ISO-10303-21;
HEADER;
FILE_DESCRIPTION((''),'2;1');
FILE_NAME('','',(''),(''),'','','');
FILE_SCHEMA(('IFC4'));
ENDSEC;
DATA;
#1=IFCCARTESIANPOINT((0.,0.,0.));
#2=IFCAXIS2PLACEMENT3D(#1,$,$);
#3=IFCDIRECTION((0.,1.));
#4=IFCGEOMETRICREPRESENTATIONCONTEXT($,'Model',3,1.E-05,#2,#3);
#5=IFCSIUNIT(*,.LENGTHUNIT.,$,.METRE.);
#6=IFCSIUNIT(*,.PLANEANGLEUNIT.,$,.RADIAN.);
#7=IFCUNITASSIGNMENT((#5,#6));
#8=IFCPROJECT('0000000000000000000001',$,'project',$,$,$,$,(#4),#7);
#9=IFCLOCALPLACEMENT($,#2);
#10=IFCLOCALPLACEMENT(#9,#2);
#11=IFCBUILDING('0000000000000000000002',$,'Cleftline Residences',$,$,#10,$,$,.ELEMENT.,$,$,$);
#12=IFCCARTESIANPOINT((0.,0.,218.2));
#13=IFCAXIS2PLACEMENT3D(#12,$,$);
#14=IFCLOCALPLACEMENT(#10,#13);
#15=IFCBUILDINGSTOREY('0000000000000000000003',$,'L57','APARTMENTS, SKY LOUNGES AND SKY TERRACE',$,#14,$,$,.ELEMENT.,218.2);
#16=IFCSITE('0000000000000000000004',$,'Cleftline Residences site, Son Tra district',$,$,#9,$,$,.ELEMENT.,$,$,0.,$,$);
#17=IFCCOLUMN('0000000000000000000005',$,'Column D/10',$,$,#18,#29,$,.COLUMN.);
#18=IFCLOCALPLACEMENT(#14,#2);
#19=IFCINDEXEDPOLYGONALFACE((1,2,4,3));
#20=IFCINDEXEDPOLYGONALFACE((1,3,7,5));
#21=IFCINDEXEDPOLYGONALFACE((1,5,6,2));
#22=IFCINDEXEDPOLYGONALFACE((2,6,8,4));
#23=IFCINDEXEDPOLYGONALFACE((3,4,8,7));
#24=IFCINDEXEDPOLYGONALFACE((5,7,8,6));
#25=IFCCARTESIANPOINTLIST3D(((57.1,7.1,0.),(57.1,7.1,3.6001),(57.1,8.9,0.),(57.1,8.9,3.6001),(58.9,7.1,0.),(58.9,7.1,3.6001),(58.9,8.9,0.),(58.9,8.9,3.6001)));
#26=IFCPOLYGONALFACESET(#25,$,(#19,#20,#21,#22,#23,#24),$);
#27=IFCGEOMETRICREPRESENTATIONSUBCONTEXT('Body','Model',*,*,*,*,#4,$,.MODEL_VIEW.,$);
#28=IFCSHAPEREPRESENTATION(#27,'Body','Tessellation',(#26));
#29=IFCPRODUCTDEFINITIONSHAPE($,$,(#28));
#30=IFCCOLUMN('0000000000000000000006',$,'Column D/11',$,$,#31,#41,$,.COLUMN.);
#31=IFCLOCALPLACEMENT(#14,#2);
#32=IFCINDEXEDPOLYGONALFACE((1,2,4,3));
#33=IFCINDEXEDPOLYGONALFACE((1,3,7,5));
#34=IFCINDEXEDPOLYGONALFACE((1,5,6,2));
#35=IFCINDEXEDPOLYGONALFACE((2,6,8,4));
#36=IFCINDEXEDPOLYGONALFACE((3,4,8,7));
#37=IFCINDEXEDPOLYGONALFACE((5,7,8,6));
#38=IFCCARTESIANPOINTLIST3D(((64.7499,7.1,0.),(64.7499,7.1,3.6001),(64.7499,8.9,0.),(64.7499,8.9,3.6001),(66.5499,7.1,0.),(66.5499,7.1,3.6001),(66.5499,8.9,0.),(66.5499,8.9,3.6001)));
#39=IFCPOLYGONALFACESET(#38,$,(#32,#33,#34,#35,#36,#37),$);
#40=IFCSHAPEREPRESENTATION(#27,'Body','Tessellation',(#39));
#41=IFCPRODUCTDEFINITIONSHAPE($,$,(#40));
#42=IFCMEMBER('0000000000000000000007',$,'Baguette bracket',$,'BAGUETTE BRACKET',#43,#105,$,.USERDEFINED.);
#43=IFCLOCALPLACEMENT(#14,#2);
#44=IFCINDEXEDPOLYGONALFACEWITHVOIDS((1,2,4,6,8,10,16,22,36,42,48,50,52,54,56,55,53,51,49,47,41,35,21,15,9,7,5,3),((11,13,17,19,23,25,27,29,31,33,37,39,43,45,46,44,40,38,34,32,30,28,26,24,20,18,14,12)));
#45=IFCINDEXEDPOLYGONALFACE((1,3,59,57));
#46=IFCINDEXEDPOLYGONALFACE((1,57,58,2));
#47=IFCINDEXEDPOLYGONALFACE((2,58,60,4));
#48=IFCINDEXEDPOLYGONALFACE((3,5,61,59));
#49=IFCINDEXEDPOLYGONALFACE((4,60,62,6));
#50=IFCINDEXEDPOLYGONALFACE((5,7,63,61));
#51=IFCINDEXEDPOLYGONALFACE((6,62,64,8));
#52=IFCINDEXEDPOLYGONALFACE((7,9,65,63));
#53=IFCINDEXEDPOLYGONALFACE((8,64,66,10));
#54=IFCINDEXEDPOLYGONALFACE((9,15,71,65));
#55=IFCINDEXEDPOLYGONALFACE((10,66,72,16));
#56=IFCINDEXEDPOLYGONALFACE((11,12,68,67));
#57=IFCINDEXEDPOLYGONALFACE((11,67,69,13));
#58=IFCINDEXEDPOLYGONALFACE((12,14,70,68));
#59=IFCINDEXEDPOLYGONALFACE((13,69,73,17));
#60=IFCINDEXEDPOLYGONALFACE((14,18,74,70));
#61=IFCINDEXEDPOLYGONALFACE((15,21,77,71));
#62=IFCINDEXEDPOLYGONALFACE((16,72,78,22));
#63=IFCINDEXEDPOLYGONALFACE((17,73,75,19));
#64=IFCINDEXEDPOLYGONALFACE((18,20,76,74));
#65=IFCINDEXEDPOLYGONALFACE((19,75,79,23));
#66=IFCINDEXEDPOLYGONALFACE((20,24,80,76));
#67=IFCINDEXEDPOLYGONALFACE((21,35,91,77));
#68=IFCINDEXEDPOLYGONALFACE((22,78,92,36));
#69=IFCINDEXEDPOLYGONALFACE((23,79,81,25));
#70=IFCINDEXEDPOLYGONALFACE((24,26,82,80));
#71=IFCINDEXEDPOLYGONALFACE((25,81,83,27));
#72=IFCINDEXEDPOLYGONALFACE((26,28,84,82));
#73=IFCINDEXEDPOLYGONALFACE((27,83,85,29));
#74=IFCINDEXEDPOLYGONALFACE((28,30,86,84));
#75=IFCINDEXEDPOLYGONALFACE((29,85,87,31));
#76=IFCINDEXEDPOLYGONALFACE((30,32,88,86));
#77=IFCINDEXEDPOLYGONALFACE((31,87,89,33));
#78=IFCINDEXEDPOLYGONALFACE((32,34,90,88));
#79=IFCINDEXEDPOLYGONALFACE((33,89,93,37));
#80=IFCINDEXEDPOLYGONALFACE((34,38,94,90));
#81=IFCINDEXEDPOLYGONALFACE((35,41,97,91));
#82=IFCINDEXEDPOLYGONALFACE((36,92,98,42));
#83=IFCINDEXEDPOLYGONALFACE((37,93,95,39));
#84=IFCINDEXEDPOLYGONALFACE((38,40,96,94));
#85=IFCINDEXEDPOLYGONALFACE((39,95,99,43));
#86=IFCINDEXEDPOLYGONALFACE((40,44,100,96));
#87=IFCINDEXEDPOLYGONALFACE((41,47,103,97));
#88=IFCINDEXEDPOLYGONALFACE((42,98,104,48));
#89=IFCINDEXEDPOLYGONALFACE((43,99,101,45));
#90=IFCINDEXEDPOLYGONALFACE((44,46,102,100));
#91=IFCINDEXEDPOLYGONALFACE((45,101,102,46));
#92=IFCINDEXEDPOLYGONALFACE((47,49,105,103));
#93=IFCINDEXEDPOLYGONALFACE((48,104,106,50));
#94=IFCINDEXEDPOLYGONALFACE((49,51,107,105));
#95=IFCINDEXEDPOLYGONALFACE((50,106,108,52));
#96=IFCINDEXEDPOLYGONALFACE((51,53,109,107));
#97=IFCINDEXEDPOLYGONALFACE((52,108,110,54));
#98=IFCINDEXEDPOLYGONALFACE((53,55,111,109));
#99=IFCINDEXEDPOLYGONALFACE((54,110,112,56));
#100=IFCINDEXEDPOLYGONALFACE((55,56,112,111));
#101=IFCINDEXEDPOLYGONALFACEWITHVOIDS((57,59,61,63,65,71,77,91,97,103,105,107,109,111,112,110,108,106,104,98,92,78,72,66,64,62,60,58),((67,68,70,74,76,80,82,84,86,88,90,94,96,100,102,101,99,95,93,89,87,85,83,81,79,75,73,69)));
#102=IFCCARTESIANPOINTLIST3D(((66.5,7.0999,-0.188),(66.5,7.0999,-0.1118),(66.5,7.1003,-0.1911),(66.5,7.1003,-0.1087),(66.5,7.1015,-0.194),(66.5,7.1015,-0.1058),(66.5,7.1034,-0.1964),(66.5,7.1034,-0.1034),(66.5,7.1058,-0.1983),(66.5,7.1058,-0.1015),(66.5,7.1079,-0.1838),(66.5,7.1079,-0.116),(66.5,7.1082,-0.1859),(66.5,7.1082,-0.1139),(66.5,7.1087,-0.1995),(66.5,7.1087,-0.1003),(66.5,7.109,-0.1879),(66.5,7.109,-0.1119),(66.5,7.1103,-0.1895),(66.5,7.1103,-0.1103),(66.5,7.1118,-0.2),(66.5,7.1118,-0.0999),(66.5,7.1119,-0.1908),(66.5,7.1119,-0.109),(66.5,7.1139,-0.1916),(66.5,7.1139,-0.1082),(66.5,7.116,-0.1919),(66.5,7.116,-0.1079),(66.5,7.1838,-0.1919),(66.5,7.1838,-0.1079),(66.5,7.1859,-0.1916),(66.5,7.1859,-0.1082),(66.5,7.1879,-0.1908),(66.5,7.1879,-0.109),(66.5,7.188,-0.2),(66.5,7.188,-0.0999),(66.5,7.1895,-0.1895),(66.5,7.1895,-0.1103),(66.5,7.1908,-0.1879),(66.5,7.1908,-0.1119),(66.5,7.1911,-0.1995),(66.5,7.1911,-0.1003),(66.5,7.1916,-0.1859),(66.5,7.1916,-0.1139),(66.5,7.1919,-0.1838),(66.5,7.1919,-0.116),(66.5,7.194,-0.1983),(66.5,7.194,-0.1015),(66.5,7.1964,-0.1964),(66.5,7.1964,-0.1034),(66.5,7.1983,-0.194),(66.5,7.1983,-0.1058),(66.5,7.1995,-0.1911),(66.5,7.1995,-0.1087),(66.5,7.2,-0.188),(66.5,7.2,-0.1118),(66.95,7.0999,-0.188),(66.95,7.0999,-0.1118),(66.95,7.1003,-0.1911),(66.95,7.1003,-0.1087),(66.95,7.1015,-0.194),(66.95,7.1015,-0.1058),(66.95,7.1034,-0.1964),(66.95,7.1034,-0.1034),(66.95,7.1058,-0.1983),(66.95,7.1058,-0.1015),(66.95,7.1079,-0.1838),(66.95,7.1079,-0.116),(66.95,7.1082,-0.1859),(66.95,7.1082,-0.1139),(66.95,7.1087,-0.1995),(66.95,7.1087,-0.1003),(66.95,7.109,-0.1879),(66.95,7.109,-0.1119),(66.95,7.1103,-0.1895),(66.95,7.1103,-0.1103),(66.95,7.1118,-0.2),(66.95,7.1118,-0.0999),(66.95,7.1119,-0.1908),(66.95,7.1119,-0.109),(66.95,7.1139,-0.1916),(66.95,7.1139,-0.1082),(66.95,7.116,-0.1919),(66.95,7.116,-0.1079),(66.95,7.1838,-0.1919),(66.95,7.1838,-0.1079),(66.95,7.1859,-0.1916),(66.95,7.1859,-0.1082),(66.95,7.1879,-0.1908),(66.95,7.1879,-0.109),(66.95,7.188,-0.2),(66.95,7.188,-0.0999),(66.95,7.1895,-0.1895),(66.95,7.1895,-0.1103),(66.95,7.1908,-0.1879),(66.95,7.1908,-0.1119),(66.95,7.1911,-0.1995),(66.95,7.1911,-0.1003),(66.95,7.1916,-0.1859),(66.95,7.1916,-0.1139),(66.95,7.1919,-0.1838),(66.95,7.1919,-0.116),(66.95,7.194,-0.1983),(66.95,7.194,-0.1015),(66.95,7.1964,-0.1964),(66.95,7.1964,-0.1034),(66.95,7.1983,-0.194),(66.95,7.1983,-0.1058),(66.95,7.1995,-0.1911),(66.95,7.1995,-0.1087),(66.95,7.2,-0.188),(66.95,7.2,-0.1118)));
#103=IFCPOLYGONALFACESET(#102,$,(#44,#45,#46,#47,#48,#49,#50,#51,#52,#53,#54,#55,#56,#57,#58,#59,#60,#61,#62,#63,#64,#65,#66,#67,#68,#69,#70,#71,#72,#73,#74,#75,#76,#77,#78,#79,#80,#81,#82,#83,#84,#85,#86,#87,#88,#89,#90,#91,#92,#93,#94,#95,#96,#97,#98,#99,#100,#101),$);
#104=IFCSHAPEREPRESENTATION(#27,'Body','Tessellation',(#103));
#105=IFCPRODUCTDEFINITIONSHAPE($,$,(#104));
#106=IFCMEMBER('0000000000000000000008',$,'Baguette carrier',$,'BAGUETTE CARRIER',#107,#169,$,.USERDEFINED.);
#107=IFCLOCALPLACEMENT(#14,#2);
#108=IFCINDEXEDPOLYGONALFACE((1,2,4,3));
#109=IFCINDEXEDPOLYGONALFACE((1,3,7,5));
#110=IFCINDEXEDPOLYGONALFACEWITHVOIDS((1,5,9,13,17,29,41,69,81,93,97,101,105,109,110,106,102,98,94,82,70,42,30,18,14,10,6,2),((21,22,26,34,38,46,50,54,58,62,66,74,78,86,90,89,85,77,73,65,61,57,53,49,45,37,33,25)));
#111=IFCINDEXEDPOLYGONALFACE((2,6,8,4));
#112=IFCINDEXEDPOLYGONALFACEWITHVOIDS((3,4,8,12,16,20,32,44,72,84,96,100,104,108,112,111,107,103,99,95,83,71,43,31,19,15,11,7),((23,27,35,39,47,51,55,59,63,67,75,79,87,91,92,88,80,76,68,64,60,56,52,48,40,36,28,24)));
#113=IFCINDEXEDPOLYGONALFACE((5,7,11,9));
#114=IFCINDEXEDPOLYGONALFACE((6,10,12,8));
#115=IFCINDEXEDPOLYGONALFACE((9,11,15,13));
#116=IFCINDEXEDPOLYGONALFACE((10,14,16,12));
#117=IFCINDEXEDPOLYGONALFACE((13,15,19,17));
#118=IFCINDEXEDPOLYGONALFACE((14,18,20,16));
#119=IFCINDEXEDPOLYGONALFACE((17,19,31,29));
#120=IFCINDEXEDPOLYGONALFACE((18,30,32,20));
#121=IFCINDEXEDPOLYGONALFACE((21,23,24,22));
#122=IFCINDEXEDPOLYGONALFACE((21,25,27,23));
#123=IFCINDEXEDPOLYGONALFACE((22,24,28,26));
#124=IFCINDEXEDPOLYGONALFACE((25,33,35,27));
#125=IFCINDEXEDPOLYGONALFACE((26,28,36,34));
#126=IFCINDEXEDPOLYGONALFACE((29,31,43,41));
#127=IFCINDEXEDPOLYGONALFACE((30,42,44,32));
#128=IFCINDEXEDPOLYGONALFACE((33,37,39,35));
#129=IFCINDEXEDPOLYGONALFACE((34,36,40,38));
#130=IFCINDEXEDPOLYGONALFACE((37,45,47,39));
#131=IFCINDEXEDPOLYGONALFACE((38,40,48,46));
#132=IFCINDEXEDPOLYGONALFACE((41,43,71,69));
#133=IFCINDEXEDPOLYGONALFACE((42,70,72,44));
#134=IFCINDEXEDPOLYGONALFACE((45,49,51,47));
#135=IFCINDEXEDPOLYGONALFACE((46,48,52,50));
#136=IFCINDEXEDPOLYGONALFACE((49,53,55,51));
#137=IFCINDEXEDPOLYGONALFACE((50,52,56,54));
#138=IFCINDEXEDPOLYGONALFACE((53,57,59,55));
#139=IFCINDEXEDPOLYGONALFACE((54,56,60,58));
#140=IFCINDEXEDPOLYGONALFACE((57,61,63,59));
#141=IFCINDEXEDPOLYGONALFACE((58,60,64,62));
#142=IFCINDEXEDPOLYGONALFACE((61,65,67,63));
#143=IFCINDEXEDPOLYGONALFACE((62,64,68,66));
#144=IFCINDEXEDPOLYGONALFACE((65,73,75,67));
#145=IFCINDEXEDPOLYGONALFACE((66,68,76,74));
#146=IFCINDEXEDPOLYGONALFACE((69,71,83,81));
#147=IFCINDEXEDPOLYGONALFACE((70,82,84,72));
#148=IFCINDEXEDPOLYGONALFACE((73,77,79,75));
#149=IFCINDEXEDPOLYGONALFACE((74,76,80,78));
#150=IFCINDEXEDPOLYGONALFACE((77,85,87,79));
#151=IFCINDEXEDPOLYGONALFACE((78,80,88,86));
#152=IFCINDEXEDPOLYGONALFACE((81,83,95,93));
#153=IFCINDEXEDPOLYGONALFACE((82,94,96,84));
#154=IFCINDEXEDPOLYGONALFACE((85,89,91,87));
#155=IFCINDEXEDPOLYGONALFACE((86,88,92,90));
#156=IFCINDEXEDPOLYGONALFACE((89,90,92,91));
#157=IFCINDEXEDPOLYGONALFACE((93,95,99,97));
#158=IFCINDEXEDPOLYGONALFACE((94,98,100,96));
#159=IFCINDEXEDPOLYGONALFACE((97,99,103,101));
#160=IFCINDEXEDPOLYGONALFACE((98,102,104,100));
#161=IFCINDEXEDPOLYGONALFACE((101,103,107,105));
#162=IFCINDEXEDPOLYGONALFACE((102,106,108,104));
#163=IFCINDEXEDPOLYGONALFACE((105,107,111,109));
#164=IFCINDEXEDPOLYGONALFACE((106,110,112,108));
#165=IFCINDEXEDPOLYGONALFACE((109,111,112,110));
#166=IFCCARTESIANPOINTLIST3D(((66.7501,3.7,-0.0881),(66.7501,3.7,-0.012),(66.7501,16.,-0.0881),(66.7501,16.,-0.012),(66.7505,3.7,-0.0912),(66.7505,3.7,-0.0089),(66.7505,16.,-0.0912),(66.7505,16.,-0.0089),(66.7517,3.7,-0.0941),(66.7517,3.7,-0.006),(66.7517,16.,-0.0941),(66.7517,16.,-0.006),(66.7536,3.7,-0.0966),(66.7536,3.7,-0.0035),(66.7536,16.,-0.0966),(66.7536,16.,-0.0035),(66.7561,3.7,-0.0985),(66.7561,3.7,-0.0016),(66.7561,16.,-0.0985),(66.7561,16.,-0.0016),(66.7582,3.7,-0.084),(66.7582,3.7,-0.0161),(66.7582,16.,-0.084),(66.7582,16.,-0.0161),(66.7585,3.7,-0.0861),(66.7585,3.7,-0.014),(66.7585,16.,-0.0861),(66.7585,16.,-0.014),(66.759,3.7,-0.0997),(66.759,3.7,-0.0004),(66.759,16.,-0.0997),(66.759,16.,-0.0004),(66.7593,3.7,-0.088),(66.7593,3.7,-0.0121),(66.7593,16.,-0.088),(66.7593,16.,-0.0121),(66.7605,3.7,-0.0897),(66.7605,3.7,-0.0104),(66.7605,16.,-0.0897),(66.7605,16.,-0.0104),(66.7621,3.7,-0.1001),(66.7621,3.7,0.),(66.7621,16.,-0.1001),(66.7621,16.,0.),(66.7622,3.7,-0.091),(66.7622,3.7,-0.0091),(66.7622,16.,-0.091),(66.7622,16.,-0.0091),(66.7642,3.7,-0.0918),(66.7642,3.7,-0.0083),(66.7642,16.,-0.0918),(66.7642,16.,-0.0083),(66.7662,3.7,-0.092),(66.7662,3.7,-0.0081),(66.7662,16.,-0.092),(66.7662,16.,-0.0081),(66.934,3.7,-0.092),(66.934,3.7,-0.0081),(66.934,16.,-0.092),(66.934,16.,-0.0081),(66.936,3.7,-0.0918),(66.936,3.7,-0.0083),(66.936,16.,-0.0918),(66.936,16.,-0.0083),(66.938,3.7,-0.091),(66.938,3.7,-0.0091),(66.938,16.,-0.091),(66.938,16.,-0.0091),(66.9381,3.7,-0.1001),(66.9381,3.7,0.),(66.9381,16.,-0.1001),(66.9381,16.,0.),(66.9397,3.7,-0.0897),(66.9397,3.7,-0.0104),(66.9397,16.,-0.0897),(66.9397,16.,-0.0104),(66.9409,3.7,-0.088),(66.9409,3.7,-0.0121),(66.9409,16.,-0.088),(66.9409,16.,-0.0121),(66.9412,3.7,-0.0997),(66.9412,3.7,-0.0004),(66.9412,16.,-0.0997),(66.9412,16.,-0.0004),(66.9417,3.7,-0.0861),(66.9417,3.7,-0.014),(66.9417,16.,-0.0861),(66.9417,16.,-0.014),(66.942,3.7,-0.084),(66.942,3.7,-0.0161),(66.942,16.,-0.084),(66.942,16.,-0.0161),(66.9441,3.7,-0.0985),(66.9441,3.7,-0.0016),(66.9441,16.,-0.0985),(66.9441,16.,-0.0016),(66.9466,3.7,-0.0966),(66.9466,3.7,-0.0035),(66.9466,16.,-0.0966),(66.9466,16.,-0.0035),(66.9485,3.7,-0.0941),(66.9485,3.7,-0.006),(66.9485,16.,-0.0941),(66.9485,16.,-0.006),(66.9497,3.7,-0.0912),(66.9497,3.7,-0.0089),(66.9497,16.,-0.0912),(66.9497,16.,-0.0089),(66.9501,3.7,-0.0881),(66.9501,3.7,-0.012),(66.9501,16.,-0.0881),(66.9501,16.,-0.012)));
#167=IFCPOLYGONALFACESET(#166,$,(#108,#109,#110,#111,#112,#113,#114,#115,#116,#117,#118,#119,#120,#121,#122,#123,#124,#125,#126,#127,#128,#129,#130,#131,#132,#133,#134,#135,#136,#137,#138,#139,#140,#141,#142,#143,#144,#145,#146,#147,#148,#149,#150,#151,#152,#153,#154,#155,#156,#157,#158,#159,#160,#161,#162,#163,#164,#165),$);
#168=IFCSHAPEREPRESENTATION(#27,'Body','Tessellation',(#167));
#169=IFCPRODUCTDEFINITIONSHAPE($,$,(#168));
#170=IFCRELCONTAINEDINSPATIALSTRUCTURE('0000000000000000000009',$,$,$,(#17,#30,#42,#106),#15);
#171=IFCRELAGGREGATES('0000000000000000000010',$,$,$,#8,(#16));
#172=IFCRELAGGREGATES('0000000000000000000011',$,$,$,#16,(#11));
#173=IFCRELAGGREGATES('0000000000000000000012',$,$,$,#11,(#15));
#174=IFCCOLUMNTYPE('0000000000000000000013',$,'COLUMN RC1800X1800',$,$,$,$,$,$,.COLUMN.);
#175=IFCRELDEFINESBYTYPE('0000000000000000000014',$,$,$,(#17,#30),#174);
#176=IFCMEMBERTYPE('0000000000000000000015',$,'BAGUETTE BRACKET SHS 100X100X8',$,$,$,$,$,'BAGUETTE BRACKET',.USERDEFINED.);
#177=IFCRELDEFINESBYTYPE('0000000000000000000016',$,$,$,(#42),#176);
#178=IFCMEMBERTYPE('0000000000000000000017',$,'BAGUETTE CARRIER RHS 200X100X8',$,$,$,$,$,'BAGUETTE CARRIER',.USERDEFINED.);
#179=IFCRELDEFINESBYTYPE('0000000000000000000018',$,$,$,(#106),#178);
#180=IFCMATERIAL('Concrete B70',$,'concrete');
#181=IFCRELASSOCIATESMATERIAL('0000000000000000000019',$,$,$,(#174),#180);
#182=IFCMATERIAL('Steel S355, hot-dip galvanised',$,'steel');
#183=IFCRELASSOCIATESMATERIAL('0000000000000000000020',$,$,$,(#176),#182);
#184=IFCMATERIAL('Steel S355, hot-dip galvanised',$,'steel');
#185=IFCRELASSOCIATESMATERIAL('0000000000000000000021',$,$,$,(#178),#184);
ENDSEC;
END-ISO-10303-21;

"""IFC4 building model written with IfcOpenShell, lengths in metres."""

from ifc_helpers import new_model, si_unit, direction, frame, origin, origin_2d, place, context, subcontext, project, spatial, rectangle, hollow_rectangle, extrude, material, material_profile, profile_set, type_object, element, save


model = new_model("IFC4")

# Units and contexts
model_context = context("Model", 3, precision=1e-05, world=origin(), true_north=direction((0.0, 1.0)))
body_context = subcontext(model_context, "Body", "Model", "MODEL_VIEW")
ifc_project = project(units=[si_unit("LENGTHUNIT", "METRE"), si_unit("PLANEANGLEUNIT", "RADIAN")], contexts=[model_context])

# Site, building, storey
site_placement = place(None, origin())
site = spatial("IfcSite", under=ifc_project, at=site_placement, Name="Cleftline Residences site, Son Tra district", CompositionType="ELEMENT", RefElevation=0.0)
building_placement = place(site_placement, origin())
building = spatial("IfcBuilding", under=site, at=building_placement, Name="Cleftline Residences", CompositionType="ELEMENT")
storey_placement = place(building_placement, frame((0.0, 0.0, 218.2)))
storey = spatial("IfcBuildingStorey", under=building, at=storey_placement, Name="L57", Description="APARTMENTS, SKY LOUNGES AND SKY TERRACE", CompositionType="ELEMENT", Elevation=218.2)

# Columns
ifc_material_1 = material(Name="Concrete B70", Category="concrete")
ifc_material_profile_1 = material_profile(ifc_material_1, rectangle(XDim=1.8, YDim=1.8, at=origin_2d()))
ifc_profile_set_1 = profile_set([ifc_material_profile_1], Name="Concrete B70")
column_type = type_object("IfcColumnType", Name="COLUMN RC1800X1800", PredefinedType="COLUMN", material=ifc_profile_set_1)
for number, where, z_axis, x_axis, name in (
    (1, (58.0, 8.0, 0.0), (0.0, 0.0, 1.0), (1.0, 0.0, 0.0), "Column D/10"),
    (2, (65.6499, 8.0, 0.0), (0.0, 0.0, 1.0), (1.0, 0.0, 0.0), "Column D/11"),
):
    element("IfcColumn", number, at=place(storey_placement, frame(where, z_axis=z_axis, x_axis=x_axis)), inside=storey, type_object=column_type, Name=name, PredefinedType="COLUMN", context=body_context, shape_type="SweptSolid", body=[
        extrude(rectangle(XDim=1.8, YDim=1.8, at=origin_2d()), origin(), (0.0, 0.0, 1.0), 3.6001),
    ])

# Members
ifc_material_2 = material(Name="Steel S355, hot-dip galvanised", Category="steel")
ifc_material_profile_2 = material_profile(ifc_material_2, hollow_rectangle(XDim=0.1001, YDim=0.1001, WallThickness=0.0081, InnerFilletRadius=0.0081, OuterFilletRadius=0.012, at=origin_2d()))
ifc_profile_set_2 = profile_set([ifc_material_profile_2], Name="Steel S355, hot-dip galvanised")
member_type_1 = type_object("IfcMemberType", Name="BAGUETTE BRACKET SHS 100X100X8", ElementType="BAGUETTE BRACKET", PredefinedType="USERDEFINED", material=ifc_profile_set_2)
member_1_placement = place(storey_placement, frame((66.5, 7.1499, -0.1499), z_axis=(1.0, 0.0, 0.0), x_axis=(0.0, 1.0, 0.0)))
element("IfcMember", 3, at=member_1_placement, inside=storey, type_object=member_type_1, Name="Baguette bracket", ObjectType="BAGUETTE BRACKET", PredefinedType="USERDEFINED", context=body_context, shape_type="SweptSolid", body=[
    extrude(hollow_rectangle(XDim=0.1001, YDim=0.1001, WallThickness=0.0081, InnerFilletRadius=0.0081, OuterFilletRadius=0.012, at=origin_2d()), origin(), (0.0, 0.0, 1.0), 0.45),
])
ifc_material_3 = material(Name="Steel S355, hot-dip galvanised", Category="steel")
ifc_material_profile_3 = material_profile(ifc_material_3, hollow_rectangle(XDim=0.1001, YDim=0.2, WallThickness=0.0081, InnerFilletRadius=0.0081, OuterFilletRadius=0.012, at=origin_2d()))
ifc_profile_set_3 = profile_set([ifc_material_profile_3], Name="Steel S355, hot-dip galvanised")
member_type_2 = type_object("IfcMemberType", Name="BAGUETTE CARRIER RHS 200X100X8", ElementType="BAGUETTE CARRIER", PredefinedType="USERDEFINED", material=ifc_profile_set_3)
member_2_placement = place(storey_placement, frame((66.8501, 3.7, -0.05), z_axis=(0.0, 1.0, 0.0), x_axis=(0.0, 0.0, 1.0)))
element("IfcMember", 4, at=member_2_placement, inside=storey, type_object=member_type_2, Name="Baguette carrier", ObjectType="BAGUETTE CARRIER", PredefinedType="USERDEFINED", context=body_context, shape_type="SweptSolid", body=[
    extrude(hollow_rectangle(XDim=0.1001, YDim=0.2, WallThickness=0.0081, InnerFilletRadius=0.0081, OuterFilletRadius=0.012, at=origin_2d()), origin(), (0.0, 0.0, 1.0), 12.3),
])

save(model, "model.ifc")
